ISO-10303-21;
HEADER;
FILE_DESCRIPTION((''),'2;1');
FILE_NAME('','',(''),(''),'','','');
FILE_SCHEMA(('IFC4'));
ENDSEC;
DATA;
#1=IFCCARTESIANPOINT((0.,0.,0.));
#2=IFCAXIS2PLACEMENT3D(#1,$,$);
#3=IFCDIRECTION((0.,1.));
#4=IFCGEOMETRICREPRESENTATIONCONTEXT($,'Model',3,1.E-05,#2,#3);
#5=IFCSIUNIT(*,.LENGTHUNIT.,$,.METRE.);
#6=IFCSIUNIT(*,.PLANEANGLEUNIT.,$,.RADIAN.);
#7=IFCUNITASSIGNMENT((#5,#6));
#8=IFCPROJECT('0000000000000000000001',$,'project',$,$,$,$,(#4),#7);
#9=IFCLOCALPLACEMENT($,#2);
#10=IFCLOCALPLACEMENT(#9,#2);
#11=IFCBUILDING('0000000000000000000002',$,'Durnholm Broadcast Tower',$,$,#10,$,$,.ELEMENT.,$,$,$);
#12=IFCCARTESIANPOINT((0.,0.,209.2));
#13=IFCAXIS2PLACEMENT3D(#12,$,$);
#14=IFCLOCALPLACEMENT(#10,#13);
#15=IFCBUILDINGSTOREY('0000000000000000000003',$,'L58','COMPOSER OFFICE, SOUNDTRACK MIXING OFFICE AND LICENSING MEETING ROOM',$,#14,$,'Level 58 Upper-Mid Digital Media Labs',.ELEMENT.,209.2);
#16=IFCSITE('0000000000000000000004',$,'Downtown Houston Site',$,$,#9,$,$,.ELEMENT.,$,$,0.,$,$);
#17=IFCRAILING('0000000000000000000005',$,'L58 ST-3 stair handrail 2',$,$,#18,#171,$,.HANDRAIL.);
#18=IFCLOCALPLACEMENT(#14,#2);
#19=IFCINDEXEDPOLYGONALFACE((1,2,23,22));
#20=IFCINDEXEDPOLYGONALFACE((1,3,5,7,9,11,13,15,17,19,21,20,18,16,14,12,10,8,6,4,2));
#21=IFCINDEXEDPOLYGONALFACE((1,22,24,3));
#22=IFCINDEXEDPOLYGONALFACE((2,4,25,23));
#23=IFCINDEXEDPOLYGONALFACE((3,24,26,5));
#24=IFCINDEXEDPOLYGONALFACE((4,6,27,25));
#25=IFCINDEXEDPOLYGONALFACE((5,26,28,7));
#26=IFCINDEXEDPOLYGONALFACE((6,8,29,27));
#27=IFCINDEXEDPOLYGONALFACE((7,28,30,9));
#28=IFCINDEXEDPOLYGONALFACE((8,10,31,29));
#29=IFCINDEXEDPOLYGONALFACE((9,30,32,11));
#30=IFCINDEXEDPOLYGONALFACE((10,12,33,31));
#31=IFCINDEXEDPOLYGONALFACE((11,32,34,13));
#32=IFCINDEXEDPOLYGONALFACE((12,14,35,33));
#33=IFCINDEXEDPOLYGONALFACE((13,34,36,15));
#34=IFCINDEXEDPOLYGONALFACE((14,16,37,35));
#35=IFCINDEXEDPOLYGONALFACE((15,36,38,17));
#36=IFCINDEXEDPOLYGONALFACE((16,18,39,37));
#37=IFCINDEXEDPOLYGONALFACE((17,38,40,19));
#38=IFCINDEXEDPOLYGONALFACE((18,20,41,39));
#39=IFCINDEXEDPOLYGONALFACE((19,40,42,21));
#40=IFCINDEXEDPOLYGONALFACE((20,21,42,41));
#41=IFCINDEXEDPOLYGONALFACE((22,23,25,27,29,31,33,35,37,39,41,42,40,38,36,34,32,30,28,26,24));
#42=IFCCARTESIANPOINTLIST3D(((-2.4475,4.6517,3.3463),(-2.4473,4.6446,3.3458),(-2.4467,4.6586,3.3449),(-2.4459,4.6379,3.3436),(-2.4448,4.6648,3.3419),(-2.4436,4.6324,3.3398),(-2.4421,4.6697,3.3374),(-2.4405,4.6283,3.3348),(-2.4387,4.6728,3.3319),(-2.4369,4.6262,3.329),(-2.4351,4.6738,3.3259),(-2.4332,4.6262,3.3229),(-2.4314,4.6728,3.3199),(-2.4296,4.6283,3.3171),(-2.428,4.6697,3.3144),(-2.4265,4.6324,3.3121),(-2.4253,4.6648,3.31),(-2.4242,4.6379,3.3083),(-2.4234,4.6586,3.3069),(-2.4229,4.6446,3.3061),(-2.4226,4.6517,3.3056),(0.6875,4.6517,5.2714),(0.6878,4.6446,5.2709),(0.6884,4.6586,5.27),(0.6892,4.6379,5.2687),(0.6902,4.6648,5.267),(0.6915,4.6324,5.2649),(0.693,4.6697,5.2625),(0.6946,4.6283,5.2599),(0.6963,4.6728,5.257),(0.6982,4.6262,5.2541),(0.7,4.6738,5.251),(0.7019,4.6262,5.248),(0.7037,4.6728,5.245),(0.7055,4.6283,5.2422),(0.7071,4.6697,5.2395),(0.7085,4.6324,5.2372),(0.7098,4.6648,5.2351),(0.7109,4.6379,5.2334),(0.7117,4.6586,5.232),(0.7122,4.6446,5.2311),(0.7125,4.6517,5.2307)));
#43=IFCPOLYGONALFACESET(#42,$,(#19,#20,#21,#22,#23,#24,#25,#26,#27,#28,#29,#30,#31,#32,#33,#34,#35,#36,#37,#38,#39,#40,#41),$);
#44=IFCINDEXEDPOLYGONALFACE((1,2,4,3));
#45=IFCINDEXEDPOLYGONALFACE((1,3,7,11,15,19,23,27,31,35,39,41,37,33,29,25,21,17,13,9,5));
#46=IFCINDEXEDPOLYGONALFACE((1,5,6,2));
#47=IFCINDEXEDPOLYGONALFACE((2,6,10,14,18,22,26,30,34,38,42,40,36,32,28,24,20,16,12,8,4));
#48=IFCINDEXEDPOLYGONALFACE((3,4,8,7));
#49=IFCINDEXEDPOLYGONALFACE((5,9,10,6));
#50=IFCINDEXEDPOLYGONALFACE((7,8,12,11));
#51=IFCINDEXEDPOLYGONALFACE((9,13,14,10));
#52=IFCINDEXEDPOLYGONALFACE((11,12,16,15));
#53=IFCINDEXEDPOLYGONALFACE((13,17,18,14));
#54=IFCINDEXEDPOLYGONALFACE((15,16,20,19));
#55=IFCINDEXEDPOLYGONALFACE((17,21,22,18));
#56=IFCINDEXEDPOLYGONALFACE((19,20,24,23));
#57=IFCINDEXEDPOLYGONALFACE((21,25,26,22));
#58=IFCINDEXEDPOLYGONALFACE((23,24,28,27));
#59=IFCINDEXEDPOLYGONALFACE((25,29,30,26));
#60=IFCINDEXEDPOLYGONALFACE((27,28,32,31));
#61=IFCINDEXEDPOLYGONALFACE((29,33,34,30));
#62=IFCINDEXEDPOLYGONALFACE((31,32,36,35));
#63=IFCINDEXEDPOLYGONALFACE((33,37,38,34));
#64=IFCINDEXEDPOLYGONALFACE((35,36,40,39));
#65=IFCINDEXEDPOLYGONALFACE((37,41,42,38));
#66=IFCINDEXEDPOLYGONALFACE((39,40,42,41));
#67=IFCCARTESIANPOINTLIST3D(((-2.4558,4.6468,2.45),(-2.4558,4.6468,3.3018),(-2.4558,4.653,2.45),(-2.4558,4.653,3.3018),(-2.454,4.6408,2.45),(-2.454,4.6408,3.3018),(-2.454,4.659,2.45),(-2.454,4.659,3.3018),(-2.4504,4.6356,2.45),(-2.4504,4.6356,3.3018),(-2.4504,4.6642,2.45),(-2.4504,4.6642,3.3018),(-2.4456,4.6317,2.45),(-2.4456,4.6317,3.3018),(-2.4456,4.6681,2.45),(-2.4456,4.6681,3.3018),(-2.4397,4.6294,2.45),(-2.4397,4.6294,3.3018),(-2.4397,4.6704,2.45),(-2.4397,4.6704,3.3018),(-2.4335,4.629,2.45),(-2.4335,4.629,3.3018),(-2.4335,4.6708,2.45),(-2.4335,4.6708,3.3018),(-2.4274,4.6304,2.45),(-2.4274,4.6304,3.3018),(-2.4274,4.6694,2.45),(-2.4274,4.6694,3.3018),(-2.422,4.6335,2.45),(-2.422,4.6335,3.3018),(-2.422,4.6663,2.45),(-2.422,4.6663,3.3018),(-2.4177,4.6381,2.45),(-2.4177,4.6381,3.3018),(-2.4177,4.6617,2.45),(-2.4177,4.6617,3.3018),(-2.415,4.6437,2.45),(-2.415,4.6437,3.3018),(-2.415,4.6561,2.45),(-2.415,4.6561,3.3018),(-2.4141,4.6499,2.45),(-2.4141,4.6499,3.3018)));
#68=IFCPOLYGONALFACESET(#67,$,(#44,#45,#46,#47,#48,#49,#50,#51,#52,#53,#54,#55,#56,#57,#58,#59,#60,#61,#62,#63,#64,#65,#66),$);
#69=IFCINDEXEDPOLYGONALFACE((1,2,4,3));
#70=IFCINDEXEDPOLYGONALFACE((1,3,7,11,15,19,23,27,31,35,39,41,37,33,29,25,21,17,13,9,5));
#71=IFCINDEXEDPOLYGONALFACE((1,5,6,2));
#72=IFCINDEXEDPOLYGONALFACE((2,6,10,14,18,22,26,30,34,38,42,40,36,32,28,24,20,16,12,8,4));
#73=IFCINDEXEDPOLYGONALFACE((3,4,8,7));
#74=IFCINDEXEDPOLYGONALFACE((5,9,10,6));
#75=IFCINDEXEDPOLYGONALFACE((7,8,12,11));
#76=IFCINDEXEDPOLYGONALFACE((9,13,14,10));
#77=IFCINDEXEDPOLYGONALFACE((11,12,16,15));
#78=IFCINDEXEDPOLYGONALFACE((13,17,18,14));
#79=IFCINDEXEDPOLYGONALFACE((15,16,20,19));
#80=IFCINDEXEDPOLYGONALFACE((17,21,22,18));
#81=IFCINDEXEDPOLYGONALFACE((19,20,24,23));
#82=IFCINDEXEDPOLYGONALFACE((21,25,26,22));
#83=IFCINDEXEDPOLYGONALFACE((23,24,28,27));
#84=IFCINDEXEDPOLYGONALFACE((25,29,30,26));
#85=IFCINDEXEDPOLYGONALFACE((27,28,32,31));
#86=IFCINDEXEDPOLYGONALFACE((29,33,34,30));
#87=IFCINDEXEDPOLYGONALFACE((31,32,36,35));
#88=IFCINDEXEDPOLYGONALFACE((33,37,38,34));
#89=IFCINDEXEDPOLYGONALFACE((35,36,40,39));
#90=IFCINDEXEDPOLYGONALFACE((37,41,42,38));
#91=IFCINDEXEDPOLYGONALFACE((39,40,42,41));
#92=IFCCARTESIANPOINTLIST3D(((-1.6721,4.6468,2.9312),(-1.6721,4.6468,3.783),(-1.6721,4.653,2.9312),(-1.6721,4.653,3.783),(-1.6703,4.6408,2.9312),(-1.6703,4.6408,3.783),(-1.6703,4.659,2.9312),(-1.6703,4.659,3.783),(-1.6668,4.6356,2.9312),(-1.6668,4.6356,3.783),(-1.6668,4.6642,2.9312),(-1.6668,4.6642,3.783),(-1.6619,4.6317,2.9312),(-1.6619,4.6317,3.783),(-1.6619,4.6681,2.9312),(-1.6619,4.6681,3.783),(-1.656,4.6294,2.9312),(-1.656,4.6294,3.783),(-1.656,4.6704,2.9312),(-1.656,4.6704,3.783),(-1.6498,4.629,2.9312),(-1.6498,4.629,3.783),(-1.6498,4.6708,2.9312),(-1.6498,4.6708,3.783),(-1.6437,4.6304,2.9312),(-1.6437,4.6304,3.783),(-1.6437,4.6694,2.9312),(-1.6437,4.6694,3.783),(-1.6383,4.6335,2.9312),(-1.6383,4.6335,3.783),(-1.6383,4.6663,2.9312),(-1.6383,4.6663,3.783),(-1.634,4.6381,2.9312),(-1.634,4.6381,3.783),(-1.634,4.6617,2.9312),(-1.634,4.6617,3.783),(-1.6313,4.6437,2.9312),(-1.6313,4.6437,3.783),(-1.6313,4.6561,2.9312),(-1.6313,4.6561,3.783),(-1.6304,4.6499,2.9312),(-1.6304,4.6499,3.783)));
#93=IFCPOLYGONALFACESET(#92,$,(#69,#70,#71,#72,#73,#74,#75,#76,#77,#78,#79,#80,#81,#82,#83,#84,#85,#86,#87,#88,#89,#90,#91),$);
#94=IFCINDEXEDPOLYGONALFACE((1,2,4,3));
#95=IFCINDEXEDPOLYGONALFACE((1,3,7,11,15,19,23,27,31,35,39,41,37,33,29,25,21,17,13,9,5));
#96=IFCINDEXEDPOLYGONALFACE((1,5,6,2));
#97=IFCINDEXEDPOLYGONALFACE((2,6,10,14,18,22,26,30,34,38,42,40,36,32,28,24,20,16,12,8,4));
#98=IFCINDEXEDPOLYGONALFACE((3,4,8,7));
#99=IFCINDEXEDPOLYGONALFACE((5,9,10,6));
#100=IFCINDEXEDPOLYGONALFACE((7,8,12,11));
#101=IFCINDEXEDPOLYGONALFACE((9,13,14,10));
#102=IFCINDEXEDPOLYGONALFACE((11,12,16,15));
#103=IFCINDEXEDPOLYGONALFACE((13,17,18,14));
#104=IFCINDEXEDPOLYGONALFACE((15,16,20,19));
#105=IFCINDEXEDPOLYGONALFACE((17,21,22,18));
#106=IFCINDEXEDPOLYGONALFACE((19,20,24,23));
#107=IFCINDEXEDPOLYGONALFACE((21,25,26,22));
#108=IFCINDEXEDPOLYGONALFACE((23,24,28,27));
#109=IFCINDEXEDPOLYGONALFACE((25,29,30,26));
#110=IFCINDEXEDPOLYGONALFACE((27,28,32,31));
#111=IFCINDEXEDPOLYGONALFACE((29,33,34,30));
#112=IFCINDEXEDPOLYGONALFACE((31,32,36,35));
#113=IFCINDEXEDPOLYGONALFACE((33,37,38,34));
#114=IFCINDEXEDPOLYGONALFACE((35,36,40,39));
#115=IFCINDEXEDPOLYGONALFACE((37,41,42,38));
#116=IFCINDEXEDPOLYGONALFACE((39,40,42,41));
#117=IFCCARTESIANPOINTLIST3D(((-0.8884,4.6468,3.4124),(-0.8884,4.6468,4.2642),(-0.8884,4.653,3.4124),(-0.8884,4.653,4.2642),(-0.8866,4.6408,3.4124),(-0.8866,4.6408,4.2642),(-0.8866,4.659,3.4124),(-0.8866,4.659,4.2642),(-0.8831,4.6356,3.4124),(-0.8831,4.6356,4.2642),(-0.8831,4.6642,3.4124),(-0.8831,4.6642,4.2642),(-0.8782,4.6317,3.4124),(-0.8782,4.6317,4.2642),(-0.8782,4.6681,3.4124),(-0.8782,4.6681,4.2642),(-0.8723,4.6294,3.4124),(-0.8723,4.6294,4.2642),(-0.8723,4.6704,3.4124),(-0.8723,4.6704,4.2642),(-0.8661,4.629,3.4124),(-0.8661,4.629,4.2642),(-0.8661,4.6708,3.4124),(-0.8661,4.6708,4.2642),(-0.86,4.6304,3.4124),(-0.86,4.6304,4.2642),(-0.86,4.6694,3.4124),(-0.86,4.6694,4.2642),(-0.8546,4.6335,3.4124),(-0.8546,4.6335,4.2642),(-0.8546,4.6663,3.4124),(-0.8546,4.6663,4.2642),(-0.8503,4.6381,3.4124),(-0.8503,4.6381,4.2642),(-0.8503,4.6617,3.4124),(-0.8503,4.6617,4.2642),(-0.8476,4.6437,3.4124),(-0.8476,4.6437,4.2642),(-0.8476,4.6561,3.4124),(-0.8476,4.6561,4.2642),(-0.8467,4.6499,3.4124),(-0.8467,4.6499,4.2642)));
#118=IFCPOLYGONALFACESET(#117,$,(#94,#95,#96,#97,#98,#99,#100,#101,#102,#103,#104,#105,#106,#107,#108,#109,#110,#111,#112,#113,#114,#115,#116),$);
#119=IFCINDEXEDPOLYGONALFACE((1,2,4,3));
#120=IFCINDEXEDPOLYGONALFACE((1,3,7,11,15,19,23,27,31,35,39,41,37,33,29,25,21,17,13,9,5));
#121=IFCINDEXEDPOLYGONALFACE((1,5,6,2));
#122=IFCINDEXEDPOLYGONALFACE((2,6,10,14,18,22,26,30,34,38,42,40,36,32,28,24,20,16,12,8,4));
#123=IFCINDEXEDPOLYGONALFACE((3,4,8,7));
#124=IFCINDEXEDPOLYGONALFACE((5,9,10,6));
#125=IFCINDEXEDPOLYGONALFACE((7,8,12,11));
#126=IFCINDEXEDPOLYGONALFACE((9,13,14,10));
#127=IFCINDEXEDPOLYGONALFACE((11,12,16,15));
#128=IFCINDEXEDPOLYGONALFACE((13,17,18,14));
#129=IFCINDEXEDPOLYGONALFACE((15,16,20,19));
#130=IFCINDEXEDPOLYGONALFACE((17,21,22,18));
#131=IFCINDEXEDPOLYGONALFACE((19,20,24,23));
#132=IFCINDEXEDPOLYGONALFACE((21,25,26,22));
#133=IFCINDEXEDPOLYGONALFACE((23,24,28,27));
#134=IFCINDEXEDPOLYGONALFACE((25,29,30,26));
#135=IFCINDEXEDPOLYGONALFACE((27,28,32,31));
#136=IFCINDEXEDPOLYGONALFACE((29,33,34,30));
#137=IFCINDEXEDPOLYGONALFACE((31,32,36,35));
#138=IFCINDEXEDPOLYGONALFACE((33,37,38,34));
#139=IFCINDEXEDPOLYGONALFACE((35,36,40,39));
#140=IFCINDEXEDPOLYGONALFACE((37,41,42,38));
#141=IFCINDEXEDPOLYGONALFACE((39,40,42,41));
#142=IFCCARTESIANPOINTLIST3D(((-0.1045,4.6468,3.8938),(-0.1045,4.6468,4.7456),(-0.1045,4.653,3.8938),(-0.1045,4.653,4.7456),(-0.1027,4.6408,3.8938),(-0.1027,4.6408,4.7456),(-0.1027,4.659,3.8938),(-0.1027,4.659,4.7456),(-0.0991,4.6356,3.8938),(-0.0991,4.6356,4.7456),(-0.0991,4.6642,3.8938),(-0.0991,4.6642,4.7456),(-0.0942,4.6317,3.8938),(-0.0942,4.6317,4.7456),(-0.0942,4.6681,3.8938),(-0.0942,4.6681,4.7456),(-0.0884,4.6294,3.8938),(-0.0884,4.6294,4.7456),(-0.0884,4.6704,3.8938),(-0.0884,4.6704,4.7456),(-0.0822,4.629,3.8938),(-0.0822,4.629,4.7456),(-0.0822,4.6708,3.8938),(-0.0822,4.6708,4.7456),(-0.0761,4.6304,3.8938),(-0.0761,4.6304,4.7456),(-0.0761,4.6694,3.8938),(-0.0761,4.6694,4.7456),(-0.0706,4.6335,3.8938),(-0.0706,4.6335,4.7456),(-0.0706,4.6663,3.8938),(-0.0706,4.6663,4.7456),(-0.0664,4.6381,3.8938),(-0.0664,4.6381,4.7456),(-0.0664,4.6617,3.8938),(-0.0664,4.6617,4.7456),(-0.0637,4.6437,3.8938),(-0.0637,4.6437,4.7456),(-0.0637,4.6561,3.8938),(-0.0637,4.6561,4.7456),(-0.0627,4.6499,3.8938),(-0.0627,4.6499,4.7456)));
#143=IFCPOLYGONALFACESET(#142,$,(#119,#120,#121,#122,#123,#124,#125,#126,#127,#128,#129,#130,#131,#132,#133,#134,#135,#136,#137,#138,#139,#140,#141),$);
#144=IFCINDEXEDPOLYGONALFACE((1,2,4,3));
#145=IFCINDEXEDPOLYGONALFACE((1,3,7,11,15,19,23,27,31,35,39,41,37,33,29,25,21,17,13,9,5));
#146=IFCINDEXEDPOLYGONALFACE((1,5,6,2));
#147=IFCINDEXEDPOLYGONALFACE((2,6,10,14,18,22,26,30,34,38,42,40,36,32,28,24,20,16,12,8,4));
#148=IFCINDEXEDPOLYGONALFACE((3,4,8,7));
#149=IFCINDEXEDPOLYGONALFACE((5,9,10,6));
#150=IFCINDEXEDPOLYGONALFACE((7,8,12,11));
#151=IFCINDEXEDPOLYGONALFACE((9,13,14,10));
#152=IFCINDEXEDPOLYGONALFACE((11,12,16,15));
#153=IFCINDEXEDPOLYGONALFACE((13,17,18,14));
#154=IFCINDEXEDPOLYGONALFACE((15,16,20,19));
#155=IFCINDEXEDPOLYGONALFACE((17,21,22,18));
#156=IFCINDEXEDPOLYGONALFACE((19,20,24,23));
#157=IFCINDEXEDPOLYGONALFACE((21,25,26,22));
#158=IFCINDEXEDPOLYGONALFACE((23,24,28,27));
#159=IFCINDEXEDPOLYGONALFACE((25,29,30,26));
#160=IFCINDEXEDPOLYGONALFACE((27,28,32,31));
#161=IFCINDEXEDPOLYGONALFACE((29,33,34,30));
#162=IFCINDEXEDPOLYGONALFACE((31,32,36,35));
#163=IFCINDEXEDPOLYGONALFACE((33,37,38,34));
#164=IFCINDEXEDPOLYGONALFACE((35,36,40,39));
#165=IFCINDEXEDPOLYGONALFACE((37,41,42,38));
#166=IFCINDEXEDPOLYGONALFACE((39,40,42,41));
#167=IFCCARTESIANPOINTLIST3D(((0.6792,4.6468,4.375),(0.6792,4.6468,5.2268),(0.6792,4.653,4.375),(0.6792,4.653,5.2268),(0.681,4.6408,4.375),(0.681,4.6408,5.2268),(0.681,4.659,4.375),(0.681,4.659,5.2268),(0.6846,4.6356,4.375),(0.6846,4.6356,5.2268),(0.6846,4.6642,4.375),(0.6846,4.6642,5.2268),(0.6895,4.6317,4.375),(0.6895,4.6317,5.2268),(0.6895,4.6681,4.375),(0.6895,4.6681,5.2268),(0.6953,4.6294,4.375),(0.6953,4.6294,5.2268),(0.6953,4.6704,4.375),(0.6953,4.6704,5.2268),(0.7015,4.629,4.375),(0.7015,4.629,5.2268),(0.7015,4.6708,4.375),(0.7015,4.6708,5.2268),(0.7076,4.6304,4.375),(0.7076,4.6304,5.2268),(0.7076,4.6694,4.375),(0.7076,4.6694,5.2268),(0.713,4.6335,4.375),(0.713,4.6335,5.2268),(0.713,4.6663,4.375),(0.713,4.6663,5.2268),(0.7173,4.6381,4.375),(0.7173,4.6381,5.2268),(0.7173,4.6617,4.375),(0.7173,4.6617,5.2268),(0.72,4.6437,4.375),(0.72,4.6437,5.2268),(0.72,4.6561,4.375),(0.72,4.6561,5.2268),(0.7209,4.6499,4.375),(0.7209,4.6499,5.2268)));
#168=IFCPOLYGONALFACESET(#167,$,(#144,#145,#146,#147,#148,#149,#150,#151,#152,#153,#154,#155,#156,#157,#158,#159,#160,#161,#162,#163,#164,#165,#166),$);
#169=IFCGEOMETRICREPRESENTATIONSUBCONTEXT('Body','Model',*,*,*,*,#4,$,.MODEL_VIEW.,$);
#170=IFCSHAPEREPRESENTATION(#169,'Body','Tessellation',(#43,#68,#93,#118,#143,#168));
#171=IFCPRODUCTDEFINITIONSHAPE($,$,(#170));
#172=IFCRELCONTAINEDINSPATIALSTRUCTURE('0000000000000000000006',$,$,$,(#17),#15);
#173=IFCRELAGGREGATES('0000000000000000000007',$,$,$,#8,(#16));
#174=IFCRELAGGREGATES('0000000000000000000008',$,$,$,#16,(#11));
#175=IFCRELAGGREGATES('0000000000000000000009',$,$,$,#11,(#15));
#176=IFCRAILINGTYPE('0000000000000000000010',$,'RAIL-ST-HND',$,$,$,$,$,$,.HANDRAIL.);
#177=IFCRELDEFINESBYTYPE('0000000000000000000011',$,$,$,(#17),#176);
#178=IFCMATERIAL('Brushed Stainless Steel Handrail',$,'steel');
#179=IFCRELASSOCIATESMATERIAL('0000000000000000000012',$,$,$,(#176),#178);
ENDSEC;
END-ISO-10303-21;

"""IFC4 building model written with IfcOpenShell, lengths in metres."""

from ifc_helpers import new_model, si_unit, direction, frame, origin, origin_2d, place, context, subcontext, project, spatial, circle, extrude, material, type_object, element, save


model = new_model("IFC4")

# Units and contexts
model_context = context("Model", 3, precision=1e-05, world=origin(), true_north=direction((0.0, 1.0)))
body_context = subcontext(model_context, "Body", "Model", "MODEL_VIEW")
ifc_project = project(units=[si_unit("LENGTHUNIT", "METRE"), si_unit("PLANEANGLEUNIT", "RADIAN")], contexts=[model_context])

# Site, building, storey
site_placement = place(None, origin())
site = spatial("IfcSite", under=ifc_project, at=site_placement, Name="Downtown Houston Site", CompositionType="ELEMENT", RefElevation=0.0)
building_placement = place(site_placement, origin())
building = spatial("IfcBuilding", under=site, at=building_placement, Name="Durnholm Broadcast Tower", CompositionType="ELEMENT")
storey_placement = place(building_placement, frame((0.0, 0.0, 209.2)))
storey = spatial("IfcBuildingStorey", under=building, at=storey_placement, Name="L58", Description="COMPOSER OFFICE, SOUNDTRACK MIXING OFFICE AND LICENSING MEETING ROOM", LongName="Level 58 Upper-Mid Digital Media Labs", CompositionType="ELEMENT", Elevation=209.2)

# Railing
ifc_material_1 = material(Name="Brushed Stainless Steel Handrail", Category="steel")
railing_type_1 = type_object("IfcRailingType", Name="RAIL-ST-HND", PredefinedType="HANDRAIL", material=ifc_material_1)
railing_1_placement = place(storey_placement, frame((-2.4351, 4.6499, 2.45)))
element("IfcRailing", 1, at=railing_1_placement, inside=storey, type_object=railing_type_1, Name="L58 ST-3 stair handrail 2", PredefinedType="HANDRAIL", context=body_context, shape_type="SweptSolid", body=[
    extrude(circle(Radius=0.0239, at=origin_2d()), frame((0.0, 0.0, 0.876), z_axis=(0.852166, 0.0, 0.523271), x_axis=(0.0, 1.0, 0.0)), (0.0, 0.0, 1.0), 3.679),
    extrude(circle(Radius=0.021, at=origin_2d()), origin(), (0.0, 0.0, 1.0), 0.8518),
    extrude(circle(Radius=0.021, at=origin_2d()), frame((0.7837, 0.0, 0.4812)), (0.0, 0.0, 1.0), 0.8518),
    extrude(circle(Radius=0.021, at=origin_2d()), frame((1.5674, 0.0, 0.9624)), (0.0, 0.0, 1.0), 0.8518),
    extrude(circle(Radius=0.021, at=origin_2d()), frame((2.3513, 0.0, 1.4438)), (0.0, 0.0, 1.0), 0.8518),
    extrude(circle(Radius=0.021, at=origin_2d()), frame((3.135, 0.0, 1.925)), (0.0, 0.0, 1.0), 0.8518),
])

save(model, "model.ifc")
